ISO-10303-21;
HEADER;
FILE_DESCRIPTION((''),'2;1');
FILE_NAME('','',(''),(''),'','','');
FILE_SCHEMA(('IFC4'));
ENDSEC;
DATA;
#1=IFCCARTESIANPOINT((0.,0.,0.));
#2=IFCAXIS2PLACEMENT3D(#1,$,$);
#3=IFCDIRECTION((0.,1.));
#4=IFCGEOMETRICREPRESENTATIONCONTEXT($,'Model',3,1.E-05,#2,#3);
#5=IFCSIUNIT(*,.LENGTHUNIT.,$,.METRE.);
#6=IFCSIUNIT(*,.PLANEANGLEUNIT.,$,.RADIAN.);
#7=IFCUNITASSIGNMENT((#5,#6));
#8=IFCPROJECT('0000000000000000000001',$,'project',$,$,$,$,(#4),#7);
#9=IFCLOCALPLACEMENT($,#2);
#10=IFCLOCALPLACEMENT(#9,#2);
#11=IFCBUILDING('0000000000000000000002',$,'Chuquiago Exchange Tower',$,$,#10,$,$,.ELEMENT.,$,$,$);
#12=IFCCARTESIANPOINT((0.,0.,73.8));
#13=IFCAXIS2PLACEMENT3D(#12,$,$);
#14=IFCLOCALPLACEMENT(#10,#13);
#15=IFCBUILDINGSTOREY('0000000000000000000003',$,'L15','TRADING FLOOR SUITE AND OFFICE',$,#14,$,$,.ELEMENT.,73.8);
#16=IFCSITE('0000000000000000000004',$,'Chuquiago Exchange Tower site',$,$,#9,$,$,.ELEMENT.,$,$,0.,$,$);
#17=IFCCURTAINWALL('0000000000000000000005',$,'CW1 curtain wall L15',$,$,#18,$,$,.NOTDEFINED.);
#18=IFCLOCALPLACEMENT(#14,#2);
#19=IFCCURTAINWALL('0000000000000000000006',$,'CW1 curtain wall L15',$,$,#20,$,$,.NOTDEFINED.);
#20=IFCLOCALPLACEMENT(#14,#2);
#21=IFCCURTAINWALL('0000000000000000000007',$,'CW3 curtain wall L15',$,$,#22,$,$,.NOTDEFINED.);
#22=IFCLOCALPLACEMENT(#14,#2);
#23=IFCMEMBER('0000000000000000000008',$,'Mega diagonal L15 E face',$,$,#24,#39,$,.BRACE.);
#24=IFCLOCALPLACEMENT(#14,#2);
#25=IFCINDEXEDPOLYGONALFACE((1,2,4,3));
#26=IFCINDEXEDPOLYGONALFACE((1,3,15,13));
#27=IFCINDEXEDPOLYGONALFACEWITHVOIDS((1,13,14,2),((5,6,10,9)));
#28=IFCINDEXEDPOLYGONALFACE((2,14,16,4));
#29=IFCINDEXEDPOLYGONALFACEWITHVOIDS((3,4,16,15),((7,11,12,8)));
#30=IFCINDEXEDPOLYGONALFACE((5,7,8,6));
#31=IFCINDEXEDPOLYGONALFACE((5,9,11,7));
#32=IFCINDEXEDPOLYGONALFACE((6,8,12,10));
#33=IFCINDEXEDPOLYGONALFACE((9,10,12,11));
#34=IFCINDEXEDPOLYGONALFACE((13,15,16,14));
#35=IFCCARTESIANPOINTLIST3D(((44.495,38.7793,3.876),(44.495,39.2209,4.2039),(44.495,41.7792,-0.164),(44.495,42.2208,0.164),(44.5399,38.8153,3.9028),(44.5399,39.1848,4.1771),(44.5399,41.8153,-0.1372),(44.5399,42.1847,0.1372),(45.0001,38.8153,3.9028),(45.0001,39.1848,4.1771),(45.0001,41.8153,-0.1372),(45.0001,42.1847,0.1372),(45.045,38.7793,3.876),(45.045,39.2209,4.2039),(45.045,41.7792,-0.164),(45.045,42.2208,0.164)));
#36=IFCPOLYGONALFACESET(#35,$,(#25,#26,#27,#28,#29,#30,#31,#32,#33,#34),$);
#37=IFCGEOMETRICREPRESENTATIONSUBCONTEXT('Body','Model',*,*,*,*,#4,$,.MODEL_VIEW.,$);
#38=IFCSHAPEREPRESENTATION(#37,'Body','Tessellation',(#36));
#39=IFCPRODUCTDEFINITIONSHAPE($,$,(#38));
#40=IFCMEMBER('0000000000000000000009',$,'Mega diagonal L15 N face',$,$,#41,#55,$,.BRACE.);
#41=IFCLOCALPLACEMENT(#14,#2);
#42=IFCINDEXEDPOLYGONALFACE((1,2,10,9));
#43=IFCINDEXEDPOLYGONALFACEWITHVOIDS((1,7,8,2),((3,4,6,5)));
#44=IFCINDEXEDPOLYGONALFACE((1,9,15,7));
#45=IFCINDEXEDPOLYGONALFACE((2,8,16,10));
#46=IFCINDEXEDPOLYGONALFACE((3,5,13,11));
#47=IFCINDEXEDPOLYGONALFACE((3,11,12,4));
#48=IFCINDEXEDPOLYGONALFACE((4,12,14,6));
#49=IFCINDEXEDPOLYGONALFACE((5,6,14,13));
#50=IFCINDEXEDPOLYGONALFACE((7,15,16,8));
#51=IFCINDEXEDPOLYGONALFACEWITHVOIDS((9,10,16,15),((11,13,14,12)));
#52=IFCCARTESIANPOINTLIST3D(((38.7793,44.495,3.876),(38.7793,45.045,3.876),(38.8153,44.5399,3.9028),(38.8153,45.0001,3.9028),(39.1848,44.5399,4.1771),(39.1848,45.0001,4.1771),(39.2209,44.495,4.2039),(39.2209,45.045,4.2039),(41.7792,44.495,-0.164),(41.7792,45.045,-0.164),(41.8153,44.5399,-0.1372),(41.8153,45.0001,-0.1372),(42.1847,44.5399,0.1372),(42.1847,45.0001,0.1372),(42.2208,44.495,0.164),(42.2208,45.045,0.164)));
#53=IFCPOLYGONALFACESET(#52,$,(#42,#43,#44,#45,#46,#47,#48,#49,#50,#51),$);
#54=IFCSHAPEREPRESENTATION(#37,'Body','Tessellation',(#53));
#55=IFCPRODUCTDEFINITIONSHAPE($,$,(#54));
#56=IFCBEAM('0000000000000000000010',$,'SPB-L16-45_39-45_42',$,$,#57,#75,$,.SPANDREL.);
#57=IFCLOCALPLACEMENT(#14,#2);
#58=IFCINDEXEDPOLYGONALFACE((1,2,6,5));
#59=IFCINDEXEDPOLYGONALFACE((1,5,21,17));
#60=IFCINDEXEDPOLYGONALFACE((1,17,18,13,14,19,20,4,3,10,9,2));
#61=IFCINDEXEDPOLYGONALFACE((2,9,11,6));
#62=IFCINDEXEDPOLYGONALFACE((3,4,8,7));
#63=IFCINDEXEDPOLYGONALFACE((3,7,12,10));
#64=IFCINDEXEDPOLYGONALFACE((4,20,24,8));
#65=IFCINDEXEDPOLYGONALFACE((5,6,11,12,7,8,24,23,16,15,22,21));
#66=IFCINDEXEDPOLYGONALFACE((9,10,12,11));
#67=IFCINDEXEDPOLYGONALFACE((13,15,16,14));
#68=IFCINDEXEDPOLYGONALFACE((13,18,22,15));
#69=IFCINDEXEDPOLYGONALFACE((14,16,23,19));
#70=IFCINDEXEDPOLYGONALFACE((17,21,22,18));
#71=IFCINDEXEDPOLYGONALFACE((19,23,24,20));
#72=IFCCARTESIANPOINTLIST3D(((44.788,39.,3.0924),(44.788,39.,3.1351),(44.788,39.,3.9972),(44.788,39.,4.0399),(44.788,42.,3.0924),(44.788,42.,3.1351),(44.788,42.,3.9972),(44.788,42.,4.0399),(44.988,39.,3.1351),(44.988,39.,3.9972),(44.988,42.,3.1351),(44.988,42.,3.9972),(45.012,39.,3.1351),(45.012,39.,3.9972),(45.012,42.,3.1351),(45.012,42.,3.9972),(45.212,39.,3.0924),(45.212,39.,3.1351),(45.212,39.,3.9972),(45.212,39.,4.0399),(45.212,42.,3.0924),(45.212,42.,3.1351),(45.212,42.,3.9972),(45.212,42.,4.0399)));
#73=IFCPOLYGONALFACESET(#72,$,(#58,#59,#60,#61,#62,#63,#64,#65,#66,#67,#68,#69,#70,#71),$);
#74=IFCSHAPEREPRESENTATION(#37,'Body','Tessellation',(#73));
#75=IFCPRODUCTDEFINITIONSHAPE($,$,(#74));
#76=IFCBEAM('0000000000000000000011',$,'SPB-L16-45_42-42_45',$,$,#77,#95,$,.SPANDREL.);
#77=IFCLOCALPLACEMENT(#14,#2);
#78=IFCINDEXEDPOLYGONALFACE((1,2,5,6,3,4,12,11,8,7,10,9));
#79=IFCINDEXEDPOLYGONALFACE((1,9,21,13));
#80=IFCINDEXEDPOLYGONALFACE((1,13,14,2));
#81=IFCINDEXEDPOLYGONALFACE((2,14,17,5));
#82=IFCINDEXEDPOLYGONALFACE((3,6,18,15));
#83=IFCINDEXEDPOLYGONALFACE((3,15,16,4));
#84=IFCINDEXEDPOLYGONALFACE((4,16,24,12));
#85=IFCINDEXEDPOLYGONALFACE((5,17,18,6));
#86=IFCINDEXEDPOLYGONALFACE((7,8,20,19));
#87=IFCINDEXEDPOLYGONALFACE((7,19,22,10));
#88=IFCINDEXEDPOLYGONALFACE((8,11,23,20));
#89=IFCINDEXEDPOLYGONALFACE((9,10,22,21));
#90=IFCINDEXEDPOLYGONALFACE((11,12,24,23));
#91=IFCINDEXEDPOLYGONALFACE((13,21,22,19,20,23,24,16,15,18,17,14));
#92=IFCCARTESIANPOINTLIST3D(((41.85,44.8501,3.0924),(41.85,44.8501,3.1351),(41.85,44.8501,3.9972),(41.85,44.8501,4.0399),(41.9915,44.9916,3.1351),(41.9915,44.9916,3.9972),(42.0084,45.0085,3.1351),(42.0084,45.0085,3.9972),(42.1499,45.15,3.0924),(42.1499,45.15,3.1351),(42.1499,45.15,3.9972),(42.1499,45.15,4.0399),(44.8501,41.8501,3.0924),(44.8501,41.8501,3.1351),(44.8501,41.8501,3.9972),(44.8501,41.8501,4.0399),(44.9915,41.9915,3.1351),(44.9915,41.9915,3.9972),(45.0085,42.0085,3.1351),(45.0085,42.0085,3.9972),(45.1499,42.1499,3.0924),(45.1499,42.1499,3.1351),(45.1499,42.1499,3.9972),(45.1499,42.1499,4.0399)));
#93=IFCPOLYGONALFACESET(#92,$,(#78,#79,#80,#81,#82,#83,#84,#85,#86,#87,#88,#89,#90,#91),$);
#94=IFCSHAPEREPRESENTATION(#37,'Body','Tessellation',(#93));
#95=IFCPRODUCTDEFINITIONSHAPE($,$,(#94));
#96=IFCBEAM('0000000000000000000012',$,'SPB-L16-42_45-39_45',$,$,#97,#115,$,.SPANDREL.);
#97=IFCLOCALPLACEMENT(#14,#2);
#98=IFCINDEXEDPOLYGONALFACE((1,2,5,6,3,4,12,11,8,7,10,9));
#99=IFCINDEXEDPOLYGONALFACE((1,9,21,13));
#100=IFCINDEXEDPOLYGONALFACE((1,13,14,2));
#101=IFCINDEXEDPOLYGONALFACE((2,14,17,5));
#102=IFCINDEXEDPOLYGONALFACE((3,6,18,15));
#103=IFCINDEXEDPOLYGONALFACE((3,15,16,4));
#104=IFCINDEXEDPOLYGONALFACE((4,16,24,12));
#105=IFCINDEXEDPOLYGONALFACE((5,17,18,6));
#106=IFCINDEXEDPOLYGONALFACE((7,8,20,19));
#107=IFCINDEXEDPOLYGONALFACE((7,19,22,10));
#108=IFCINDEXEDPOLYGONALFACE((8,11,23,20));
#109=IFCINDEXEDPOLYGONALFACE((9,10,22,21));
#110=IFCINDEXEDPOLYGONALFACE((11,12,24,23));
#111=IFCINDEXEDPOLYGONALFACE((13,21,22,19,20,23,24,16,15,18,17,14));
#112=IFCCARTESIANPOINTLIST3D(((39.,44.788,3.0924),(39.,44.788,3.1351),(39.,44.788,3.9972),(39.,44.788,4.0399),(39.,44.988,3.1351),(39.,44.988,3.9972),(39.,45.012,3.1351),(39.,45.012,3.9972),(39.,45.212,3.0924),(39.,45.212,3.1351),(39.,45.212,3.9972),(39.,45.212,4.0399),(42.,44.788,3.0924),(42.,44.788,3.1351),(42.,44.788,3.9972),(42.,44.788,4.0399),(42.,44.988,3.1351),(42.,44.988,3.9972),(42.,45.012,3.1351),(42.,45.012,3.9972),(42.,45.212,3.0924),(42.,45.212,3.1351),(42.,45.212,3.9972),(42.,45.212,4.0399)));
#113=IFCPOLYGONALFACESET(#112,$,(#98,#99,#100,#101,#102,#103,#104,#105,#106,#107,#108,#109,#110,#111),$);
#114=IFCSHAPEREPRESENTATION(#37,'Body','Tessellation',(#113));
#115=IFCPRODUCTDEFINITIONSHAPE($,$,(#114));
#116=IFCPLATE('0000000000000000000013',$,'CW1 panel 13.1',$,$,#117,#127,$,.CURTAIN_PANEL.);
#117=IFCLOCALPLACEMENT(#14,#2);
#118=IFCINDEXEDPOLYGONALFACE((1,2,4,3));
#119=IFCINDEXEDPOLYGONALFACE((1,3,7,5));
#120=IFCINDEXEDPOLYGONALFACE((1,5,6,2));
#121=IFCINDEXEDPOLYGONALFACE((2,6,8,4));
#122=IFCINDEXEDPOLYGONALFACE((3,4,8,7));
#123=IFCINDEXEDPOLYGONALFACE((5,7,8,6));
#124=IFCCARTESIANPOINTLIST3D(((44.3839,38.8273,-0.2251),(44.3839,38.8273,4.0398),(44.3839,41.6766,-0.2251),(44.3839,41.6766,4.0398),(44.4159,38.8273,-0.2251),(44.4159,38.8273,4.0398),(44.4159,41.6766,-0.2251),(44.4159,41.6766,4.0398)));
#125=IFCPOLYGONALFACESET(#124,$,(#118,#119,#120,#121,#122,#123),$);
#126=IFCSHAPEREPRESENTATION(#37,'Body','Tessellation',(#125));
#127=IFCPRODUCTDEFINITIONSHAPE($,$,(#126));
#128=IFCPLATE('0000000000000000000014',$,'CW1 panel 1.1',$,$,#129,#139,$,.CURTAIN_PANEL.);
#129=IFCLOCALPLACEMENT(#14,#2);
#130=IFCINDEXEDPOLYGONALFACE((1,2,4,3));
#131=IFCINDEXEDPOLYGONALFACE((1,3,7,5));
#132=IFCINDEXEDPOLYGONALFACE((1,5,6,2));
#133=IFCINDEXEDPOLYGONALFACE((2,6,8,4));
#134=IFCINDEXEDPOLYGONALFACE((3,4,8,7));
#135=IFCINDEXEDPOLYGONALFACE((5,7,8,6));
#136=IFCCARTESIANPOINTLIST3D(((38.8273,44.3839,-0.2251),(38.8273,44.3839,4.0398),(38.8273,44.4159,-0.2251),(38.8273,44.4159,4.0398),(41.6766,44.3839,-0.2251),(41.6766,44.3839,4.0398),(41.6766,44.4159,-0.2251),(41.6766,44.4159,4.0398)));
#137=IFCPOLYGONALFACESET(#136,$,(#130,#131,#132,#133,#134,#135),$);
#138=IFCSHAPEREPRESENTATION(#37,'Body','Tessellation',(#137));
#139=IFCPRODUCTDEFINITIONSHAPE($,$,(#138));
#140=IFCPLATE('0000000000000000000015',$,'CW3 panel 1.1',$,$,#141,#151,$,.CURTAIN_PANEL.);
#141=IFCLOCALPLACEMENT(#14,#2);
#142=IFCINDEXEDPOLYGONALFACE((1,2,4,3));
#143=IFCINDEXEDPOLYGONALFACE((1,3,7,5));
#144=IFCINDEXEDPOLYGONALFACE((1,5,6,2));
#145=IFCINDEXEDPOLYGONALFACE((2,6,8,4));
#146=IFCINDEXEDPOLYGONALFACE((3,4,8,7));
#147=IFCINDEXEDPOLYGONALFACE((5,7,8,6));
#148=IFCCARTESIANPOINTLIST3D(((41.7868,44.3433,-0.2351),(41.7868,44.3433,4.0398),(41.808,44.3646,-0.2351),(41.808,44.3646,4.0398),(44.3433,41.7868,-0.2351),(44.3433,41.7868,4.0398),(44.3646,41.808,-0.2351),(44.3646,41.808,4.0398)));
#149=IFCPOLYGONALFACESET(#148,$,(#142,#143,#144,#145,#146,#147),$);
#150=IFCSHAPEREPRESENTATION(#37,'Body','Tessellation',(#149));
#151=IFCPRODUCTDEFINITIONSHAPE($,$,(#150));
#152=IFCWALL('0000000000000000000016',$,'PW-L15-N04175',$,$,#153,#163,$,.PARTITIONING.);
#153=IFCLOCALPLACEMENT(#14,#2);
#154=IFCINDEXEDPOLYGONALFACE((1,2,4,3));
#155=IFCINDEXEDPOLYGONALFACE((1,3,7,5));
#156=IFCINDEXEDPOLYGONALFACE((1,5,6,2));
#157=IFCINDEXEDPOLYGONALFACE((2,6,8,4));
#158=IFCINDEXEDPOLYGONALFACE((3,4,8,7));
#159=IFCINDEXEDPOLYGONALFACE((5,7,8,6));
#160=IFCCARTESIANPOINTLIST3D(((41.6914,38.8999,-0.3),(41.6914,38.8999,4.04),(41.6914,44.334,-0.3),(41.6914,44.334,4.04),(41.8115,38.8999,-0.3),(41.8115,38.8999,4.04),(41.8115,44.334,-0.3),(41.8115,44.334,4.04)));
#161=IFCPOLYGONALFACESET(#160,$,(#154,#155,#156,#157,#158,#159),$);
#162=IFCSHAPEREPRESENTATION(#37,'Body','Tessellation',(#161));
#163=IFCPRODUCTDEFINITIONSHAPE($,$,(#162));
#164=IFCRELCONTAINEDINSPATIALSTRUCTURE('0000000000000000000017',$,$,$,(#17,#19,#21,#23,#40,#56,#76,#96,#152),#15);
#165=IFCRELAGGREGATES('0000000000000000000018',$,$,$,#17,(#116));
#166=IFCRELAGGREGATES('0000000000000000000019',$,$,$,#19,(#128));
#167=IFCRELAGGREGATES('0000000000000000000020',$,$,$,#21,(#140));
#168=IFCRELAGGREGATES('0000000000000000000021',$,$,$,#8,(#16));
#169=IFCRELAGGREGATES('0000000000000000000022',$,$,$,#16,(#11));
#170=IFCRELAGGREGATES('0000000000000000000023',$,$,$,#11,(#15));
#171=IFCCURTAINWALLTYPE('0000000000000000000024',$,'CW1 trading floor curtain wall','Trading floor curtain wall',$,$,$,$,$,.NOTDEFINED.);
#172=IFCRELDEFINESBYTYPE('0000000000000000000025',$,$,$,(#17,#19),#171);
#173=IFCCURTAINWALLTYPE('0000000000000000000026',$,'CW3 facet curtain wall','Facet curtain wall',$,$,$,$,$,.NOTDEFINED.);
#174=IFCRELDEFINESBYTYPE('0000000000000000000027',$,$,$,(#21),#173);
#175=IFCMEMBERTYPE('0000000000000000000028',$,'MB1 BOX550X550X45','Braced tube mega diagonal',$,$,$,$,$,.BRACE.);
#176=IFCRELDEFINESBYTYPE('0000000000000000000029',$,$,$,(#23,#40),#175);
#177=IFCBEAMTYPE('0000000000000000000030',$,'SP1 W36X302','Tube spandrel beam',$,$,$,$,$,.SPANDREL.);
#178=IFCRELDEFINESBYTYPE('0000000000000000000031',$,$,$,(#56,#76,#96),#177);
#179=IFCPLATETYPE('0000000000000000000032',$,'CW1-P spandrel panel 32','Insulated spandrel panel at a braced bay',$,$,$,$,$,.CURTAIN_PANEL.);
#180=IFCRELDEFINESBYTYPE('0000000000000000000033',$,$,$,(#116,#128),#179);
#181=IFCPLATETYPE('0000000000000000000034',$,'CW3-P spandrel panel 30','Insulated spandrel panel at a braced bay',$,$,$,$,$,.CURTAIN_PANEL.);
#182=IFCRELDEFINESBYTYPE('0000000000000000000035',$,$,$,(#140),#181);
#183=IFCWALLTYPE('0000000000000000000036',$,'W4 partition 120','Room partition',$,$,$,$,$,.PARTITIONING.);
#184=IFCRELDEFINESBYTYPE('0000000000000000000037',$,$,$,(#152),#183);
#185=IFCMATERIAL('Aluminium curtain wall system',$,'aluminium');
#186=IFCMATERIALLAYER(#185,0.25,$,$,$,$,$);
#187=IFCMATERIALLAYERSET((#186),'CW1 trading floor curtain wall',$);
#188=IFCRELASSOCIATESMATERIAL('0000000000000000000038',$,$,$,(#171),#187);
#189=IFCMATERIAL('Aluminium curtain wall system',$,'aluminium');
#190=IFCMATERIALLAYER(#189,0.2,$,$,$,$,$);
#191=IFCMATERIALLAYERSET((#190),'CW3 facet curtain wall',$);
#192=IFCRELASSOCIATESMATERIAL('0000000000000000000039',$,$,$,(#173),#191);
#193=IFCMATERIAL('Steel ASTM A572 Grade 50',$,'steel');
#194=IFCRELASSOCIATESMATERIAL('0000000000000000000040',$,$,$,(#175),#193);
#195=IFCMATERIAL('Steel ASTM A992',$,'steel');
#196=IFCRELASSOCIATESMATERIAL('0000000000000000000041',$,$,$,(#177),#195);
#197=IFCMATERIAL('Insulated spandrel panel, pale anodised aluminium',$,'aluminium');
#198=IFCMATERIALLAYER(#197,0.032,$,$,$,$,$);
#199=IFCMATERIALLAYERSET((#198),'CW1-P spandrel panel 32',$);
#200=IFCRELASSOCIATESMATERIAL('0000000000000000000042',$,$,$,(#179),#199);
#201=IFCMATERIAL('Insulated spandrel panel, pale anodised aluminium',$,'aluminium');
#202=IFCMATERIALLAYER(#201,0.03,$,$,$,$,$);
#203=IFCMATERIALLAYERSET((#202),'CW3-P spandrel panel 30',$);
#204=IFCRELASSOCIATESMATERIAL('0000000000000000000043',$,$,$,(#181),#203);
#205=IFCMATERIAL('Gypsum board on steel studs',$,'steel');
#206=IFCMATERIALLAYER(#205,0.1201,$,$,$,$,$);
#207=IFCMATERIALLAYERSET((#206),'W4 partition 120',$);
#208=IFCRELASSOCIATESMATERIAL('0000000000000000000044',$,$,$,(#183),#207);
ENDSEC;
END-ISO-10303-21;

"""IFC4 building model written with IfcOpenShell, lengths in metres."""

from ifc_helpers import new_model, si_unit, direction, frame, frame_2d, origin, origin_2d, place, context, subcontext, project, spatial, rectangle, hollow_rectangle, i_section, extrude, material, layer, layer_set, material_profile, profile_set, type_object, element, aggregate, save


model = new_model("IFC4")

# Units and contexts
model_context = context("Model", 3, precision=1e-05, world=origin(), true_north=direction((0.0, 1.0)))
body_context = subcontext(model_context, "Body", "Model", "MODEL_VIEW")
ifc_project = project(units=[si_unit("LENGTHUNIT", "METRE"), si_unit("PLANEANGLEUNIT", "RADIAN")], contexts=[model_context])

# Site, building, storey
site_placement = place(None, origin())
site = spatial("IfcSite", under=ifc_project, at=site_placement, Name="Chuquiago Exchange Tower site", CompositionType="ELEMENT", RefElevation=0.0)
building_placement = place(site_placement, origin())
building = spatial("IfcBuilding", under=site, at=building_placement, Name="Chuquiago Exchange Tower", CompositionType="ELEMENT")
storey_placement = place(building_placement, frame((0.0, 0.0, 73.8)))
storey = spatial("IfcBuildingStorey", under=building, at=storey_placement, Name="L15", Description="TRADING FLOOR SUITE AND OFFICE", CompositionType="ELEMENT", Elevation=73.8)

# Curtain walls
ifc_material_1 = material(Name="Aluminium curtain wall system", Category="aluminium")
ifc_layer_1 = layer(ifc_material_1, 0.25)
ifc_layer_set_1 = layer_set([ifc_layer_1], Name="CW1 trading floor curtain wall")
curtain_wall_type_1 = type_object("IfcCurtainWallType", Name="CW1 trading floor curtain wall", Description="Trading floor curtain wall", PredefinedType="NOTDEFINED", material=ifc_layer_set_1)
curtain_wall_1_placement = place(storey_placement, origin())
curtain_wall_1 = element("IfcCurtainWall", 1, at=curtain_wall_1_placement, inside=storey, type_object=curtain_wall_type_1, Name="CW1 curtain wall L15", PredefinedType="NOTDEFINED")
curtain_wall_2_placement = place(storey_placement, origin())
curtain_wall_2 = element("IfcCurtainWall", 2, at=curtain_wall_2_placement, inside=storey, type_object=curtain_wall_type_1, Name="CW1 curtain wall L15", PredefinedType="NOTDEFINED")

# Curtain wall
ifc_material_2 = material(Name="Aluminium curtain wall system", Category="aluminium")
ifc_layer_2 = layer(ifc_material_2, 0.2)
ifc_layer_set_2 = layer_set([ifc_layer_2], Name="CW3 facet curtain wall")
curtain_wall_type_2 = type_object("IfcCurtainWallType", Name="CW3 facet curtain wall", Description="Facet curtain wall", PredefinedType="NOTDEFINED", material=ifc_layer_set_2)
curtain_wall_3_placement = place(storey_placement, origin())
curtain_wall_3 = element("IfcCurtainWall", 3, at=curtain_wall_3_placement, inside=storey, type_object=curtain_wall_type_2, Name="CW3 curtain wall L15", PredefinedType="NOTDEFINED")

# Members
ifc_material_3 = material(Name="Steel ASTM A572 Grade 50", Category="steel")
ifc_material_profile_1 = material_profile(ifc_material_3, hollow_rectangle(XDim=0.55, YDim=0.55, WallThickness=0.0449, at=origin_2d()), Name="BOX550X550X45")
ifc_profile_set_1 = profile_set([ifc_material_profile_1], Name="Steel ASTM A572 Grade 50")
member_type_1 = type_object("IfcMemberType", Name="MB1 BOX550X550X45", Description="Braced tube mega diagonal", PredefinedType="BRACE", material=ifc_profile_set_1)
for number, where, z_axis, x_axis, name in (
    (4, (44.77, 42.0, 0.0), (0.0, -0.596174, 0.802855), (1.0, 0.0, 0.0), "Mega diagonal L15 E face"),
    (5, (42.0, 44.77, 0.0), (-0.596174, 0.0, 0.802855), (0.0, -1.0, 0.0), "Mega diagonal L15 N face"),
):
    element("IfcMember", number, at=place(storey_placement, frame(where, z_axis=z_axis, x_axis=x_axis)), inside=storey, type_object=member_type_1, Name=name, PredefinedType="BRACE", context=body_context, shape_type="SweptSolid", body=[
        extrude(hollow_rectangle(XDim=0.55, YDim=0.55, WallThickness=0.0449, at=origin_2d()), origin(), (0.0, 0.0, 1.0), 5.032),
    ])

# Beams
ifc_material_4 = material(Name="Steel ASTM A992", Category="steel")
ifc_material_profile_2 = material_profile(ifc_material_4, i_section(OverallWidth=0.4241, OverallDepth=0.9475, WebThickness=0.0239, FlangeThickness=0.0427, at=origin_2d()), Name="W36X302")
ifc_profile_set_2 = profile_set([ifc_material_profile_2], Name="Steel ASTM A992")
beam_type = type_object("IfcBeamType", Name="SP1 W36X302", Description="Tube spandrel beam", PredefinedType="SPANDREL", material=ifc_profile_set_2)
beam_1_placement = place(storey_placement, frame((45.0, 39.0, 3.5662), z_axis=(0.0, 1.0, 0.0), x_axis=(-1.0, 0.0, 0.0)))
element("IfcBeam", 6, at=beam_1_placement, inside=storey, type_object=beam_type, Name="SPB-L16-45_39-45_42", PredefinedType="SPANDREL", context=body_context, shape_type="SweptSolid", body=[
    extrude(i_section(OverallWidth=0.4241, OverallDepth=0.9475, WebThickness=0.0239, FlangeThickness=0.0427, at=origin_2d()), origin(), (0.0, 0.0, 1.0), 3.0),
])
beam_2_placement = place(storey_placement, frame((45.0, 42.0, 3.5662), z_axis=(-0.707107, 0.707107, 0.0), x_axis=(-0.707107, -0.707107, 0.0)))
element("IfcBeam", 7, at=beam_2_placement, inside=storey, type_object=beam_type, Name="SPB-L16-45_42-42_45", PredefinedType="SPANDREL", context=body_context, shape_type="SweptSolid", body=[
    extrude(i_section(OverallWidth=0.4241, OverallDepth=0.9475, WebThickness=0.0239, FlangeThickness=0.0427, at=origin_2d()), origin(), (0.0, 0.0, 1.0), 4.2427),
])
beam_3_placement = place(storey_placement, frame((42.0, 45.0, 3.5662), z_axis=(-1.0, 0.0, 0.0), x_axis=(0.0, -1.0, 0.0)))
element("IfcBeam", 8, at=beam_3_placement, inside=storey, type_object=beam_type, Name="SPB-L16-42_45-39_45", PredefinedType="SPANDREL", context=body_context, shape_type="SweptSolid", body=[
    extrude(i_section(OverallWidth=0.4241, OverallDepth=0.9475, WebThickness=0.0239, FlangeThickness=0.0427, at=origin_2d()), origin(), (0.0, 0.0, 1.0), 3.0),
])

# Plates
ifc_material_5 = material(Name="Insulated spandrel panel, pale anodised aluminium", Category="aluminium")
ifc_layer_3 = layer(ifc_material_5, 0.032)
ifc_layer_set_3 = layer_set([ifc_layer_3], Name="CW1-P spandrel panel 32")
plate_type_1 = type_object("IfcPlateType", Name="CW1-P spandrel panel 32", Description="Insulated spandrel panel at a braced bay", PredefinedType="CURTAIN_PANEL", material=ifc_layer_set_3)
plate_1_placement = place(storey_placement, frame((44.3999, 40.252, -0.2251), z_axis=(0.0, 0.0, 1.0), x_axis=(0.0, 1.0, 0.0)))
plate_1 = element("IfcPlate", 9, at=plate_1_placement, type_object=plate_type_1, Name="CW1 panel 13.1", PredefinedType="CURTAIN_PANEL", context=body_context, shape_type="SweptSolid", body=[
    extrude(rectangle(XDim=2.8494, YDim=0.032, at=origin_2d()), origin(), (0.0, 0.0, 1.0), 4.2649),
])
aggregate(curtain_wall_1, [plate_1])
plate_2_placement = place(storey_placement, frame((40.252, 44.3999, -0.2251), z_axis=(0.0, 0.0, 1.0), x_axis=(-1.0, 0.0, 0.0)))
plate_2 = element("IfcPlate", 10, at=plate_2_placement, type_object=plate_type_1, Name="CW1 panel 1.1", PredefinedType="CURTAIN_PANEL", context=body_context, shape_type="SweptSolid", body=[
    extrude(rectangle(XDim=2.8494, YDim=0.032, at=origin_2d()), origin(), (0.0, 0.0, 1.0), 4.2649),
])
aggregate(curtain_wall_2, [plate_2])
ifc_material_6 = material(Name="Insulated spandrel panel, pale anodised aluminium", Category="aluminium")
ifc_layer_4 = layer(ifc_material_6, 0.03)
ifc_layer_set_4 = layer_set([ifc_layer_4], Name="CW3-P spandrel panel 30")
plate_type_2 = type_object("IfcPlateType", Name="CW3-P spandrel panel 30", Description="Insulated spandrel panel at a braced bay", PredefinedType="CURTAIN_PANEL", material=ifc_layer_set_4)
plate_3_placement = place(storey_placement, frame((43.0757, 43.0757, -0.2351), z_axis=(0.0, 0.0, 1.0), x_axis=(-0.707107, 0.707107, 0.0)))
plate_3 = element("IfcPlate", 11, at=plate_3_placement, type_object=plate_type_2, Name="CW3 panel 1.1", PredefinedType="CURTAIN_PANEL", context=body_context, shape_type="SweptSolid", body=[
    extrude(rectangle(XDim=3.6155, YDim=0.03, at=origin_2d()), origin(), (0.0, 0.0, 1.0), 4.2749),
])
aggregate(curtain_wall_3, [plate_3])

# Wall
ifc_material_7 = material(Name="Gypsum board on steel studs", Category="steel")
ifc_layer_5 = layer(ifc_material_7, 0.1201)
ifc_layer_set_5 = layer_set([ifc_layer_5], Name="W4 partition 120")
wall_type = type_object("IfcWallType", Name="W4 partition 120", Description="Room partition", PredefinedType="PARTITIONING", material=ifc_layer_set_5)
wall_placement = place(storey_placement, frame((41.7515, 44.334, -0.3), z_axis=(0.0, 0.0, 1.0), x_axis=(0.0, -1.0, 0.0)))
element("IfcWall", 12, at=wall_placement, inside=storey, type_object=wall_type, Name="PW-L15-N04175", PredefinedType="PARTITIONING", context=body_context, shape_type="SweptSolid", body=[
    extrude(rectangle(XDim=5.4341, YDim=0.1201, at=frame_2d((2.717, 0.0))), origin(), (0.0, 0.0, 1.0), 4.3401),
])

save(model, "model.ifc")
